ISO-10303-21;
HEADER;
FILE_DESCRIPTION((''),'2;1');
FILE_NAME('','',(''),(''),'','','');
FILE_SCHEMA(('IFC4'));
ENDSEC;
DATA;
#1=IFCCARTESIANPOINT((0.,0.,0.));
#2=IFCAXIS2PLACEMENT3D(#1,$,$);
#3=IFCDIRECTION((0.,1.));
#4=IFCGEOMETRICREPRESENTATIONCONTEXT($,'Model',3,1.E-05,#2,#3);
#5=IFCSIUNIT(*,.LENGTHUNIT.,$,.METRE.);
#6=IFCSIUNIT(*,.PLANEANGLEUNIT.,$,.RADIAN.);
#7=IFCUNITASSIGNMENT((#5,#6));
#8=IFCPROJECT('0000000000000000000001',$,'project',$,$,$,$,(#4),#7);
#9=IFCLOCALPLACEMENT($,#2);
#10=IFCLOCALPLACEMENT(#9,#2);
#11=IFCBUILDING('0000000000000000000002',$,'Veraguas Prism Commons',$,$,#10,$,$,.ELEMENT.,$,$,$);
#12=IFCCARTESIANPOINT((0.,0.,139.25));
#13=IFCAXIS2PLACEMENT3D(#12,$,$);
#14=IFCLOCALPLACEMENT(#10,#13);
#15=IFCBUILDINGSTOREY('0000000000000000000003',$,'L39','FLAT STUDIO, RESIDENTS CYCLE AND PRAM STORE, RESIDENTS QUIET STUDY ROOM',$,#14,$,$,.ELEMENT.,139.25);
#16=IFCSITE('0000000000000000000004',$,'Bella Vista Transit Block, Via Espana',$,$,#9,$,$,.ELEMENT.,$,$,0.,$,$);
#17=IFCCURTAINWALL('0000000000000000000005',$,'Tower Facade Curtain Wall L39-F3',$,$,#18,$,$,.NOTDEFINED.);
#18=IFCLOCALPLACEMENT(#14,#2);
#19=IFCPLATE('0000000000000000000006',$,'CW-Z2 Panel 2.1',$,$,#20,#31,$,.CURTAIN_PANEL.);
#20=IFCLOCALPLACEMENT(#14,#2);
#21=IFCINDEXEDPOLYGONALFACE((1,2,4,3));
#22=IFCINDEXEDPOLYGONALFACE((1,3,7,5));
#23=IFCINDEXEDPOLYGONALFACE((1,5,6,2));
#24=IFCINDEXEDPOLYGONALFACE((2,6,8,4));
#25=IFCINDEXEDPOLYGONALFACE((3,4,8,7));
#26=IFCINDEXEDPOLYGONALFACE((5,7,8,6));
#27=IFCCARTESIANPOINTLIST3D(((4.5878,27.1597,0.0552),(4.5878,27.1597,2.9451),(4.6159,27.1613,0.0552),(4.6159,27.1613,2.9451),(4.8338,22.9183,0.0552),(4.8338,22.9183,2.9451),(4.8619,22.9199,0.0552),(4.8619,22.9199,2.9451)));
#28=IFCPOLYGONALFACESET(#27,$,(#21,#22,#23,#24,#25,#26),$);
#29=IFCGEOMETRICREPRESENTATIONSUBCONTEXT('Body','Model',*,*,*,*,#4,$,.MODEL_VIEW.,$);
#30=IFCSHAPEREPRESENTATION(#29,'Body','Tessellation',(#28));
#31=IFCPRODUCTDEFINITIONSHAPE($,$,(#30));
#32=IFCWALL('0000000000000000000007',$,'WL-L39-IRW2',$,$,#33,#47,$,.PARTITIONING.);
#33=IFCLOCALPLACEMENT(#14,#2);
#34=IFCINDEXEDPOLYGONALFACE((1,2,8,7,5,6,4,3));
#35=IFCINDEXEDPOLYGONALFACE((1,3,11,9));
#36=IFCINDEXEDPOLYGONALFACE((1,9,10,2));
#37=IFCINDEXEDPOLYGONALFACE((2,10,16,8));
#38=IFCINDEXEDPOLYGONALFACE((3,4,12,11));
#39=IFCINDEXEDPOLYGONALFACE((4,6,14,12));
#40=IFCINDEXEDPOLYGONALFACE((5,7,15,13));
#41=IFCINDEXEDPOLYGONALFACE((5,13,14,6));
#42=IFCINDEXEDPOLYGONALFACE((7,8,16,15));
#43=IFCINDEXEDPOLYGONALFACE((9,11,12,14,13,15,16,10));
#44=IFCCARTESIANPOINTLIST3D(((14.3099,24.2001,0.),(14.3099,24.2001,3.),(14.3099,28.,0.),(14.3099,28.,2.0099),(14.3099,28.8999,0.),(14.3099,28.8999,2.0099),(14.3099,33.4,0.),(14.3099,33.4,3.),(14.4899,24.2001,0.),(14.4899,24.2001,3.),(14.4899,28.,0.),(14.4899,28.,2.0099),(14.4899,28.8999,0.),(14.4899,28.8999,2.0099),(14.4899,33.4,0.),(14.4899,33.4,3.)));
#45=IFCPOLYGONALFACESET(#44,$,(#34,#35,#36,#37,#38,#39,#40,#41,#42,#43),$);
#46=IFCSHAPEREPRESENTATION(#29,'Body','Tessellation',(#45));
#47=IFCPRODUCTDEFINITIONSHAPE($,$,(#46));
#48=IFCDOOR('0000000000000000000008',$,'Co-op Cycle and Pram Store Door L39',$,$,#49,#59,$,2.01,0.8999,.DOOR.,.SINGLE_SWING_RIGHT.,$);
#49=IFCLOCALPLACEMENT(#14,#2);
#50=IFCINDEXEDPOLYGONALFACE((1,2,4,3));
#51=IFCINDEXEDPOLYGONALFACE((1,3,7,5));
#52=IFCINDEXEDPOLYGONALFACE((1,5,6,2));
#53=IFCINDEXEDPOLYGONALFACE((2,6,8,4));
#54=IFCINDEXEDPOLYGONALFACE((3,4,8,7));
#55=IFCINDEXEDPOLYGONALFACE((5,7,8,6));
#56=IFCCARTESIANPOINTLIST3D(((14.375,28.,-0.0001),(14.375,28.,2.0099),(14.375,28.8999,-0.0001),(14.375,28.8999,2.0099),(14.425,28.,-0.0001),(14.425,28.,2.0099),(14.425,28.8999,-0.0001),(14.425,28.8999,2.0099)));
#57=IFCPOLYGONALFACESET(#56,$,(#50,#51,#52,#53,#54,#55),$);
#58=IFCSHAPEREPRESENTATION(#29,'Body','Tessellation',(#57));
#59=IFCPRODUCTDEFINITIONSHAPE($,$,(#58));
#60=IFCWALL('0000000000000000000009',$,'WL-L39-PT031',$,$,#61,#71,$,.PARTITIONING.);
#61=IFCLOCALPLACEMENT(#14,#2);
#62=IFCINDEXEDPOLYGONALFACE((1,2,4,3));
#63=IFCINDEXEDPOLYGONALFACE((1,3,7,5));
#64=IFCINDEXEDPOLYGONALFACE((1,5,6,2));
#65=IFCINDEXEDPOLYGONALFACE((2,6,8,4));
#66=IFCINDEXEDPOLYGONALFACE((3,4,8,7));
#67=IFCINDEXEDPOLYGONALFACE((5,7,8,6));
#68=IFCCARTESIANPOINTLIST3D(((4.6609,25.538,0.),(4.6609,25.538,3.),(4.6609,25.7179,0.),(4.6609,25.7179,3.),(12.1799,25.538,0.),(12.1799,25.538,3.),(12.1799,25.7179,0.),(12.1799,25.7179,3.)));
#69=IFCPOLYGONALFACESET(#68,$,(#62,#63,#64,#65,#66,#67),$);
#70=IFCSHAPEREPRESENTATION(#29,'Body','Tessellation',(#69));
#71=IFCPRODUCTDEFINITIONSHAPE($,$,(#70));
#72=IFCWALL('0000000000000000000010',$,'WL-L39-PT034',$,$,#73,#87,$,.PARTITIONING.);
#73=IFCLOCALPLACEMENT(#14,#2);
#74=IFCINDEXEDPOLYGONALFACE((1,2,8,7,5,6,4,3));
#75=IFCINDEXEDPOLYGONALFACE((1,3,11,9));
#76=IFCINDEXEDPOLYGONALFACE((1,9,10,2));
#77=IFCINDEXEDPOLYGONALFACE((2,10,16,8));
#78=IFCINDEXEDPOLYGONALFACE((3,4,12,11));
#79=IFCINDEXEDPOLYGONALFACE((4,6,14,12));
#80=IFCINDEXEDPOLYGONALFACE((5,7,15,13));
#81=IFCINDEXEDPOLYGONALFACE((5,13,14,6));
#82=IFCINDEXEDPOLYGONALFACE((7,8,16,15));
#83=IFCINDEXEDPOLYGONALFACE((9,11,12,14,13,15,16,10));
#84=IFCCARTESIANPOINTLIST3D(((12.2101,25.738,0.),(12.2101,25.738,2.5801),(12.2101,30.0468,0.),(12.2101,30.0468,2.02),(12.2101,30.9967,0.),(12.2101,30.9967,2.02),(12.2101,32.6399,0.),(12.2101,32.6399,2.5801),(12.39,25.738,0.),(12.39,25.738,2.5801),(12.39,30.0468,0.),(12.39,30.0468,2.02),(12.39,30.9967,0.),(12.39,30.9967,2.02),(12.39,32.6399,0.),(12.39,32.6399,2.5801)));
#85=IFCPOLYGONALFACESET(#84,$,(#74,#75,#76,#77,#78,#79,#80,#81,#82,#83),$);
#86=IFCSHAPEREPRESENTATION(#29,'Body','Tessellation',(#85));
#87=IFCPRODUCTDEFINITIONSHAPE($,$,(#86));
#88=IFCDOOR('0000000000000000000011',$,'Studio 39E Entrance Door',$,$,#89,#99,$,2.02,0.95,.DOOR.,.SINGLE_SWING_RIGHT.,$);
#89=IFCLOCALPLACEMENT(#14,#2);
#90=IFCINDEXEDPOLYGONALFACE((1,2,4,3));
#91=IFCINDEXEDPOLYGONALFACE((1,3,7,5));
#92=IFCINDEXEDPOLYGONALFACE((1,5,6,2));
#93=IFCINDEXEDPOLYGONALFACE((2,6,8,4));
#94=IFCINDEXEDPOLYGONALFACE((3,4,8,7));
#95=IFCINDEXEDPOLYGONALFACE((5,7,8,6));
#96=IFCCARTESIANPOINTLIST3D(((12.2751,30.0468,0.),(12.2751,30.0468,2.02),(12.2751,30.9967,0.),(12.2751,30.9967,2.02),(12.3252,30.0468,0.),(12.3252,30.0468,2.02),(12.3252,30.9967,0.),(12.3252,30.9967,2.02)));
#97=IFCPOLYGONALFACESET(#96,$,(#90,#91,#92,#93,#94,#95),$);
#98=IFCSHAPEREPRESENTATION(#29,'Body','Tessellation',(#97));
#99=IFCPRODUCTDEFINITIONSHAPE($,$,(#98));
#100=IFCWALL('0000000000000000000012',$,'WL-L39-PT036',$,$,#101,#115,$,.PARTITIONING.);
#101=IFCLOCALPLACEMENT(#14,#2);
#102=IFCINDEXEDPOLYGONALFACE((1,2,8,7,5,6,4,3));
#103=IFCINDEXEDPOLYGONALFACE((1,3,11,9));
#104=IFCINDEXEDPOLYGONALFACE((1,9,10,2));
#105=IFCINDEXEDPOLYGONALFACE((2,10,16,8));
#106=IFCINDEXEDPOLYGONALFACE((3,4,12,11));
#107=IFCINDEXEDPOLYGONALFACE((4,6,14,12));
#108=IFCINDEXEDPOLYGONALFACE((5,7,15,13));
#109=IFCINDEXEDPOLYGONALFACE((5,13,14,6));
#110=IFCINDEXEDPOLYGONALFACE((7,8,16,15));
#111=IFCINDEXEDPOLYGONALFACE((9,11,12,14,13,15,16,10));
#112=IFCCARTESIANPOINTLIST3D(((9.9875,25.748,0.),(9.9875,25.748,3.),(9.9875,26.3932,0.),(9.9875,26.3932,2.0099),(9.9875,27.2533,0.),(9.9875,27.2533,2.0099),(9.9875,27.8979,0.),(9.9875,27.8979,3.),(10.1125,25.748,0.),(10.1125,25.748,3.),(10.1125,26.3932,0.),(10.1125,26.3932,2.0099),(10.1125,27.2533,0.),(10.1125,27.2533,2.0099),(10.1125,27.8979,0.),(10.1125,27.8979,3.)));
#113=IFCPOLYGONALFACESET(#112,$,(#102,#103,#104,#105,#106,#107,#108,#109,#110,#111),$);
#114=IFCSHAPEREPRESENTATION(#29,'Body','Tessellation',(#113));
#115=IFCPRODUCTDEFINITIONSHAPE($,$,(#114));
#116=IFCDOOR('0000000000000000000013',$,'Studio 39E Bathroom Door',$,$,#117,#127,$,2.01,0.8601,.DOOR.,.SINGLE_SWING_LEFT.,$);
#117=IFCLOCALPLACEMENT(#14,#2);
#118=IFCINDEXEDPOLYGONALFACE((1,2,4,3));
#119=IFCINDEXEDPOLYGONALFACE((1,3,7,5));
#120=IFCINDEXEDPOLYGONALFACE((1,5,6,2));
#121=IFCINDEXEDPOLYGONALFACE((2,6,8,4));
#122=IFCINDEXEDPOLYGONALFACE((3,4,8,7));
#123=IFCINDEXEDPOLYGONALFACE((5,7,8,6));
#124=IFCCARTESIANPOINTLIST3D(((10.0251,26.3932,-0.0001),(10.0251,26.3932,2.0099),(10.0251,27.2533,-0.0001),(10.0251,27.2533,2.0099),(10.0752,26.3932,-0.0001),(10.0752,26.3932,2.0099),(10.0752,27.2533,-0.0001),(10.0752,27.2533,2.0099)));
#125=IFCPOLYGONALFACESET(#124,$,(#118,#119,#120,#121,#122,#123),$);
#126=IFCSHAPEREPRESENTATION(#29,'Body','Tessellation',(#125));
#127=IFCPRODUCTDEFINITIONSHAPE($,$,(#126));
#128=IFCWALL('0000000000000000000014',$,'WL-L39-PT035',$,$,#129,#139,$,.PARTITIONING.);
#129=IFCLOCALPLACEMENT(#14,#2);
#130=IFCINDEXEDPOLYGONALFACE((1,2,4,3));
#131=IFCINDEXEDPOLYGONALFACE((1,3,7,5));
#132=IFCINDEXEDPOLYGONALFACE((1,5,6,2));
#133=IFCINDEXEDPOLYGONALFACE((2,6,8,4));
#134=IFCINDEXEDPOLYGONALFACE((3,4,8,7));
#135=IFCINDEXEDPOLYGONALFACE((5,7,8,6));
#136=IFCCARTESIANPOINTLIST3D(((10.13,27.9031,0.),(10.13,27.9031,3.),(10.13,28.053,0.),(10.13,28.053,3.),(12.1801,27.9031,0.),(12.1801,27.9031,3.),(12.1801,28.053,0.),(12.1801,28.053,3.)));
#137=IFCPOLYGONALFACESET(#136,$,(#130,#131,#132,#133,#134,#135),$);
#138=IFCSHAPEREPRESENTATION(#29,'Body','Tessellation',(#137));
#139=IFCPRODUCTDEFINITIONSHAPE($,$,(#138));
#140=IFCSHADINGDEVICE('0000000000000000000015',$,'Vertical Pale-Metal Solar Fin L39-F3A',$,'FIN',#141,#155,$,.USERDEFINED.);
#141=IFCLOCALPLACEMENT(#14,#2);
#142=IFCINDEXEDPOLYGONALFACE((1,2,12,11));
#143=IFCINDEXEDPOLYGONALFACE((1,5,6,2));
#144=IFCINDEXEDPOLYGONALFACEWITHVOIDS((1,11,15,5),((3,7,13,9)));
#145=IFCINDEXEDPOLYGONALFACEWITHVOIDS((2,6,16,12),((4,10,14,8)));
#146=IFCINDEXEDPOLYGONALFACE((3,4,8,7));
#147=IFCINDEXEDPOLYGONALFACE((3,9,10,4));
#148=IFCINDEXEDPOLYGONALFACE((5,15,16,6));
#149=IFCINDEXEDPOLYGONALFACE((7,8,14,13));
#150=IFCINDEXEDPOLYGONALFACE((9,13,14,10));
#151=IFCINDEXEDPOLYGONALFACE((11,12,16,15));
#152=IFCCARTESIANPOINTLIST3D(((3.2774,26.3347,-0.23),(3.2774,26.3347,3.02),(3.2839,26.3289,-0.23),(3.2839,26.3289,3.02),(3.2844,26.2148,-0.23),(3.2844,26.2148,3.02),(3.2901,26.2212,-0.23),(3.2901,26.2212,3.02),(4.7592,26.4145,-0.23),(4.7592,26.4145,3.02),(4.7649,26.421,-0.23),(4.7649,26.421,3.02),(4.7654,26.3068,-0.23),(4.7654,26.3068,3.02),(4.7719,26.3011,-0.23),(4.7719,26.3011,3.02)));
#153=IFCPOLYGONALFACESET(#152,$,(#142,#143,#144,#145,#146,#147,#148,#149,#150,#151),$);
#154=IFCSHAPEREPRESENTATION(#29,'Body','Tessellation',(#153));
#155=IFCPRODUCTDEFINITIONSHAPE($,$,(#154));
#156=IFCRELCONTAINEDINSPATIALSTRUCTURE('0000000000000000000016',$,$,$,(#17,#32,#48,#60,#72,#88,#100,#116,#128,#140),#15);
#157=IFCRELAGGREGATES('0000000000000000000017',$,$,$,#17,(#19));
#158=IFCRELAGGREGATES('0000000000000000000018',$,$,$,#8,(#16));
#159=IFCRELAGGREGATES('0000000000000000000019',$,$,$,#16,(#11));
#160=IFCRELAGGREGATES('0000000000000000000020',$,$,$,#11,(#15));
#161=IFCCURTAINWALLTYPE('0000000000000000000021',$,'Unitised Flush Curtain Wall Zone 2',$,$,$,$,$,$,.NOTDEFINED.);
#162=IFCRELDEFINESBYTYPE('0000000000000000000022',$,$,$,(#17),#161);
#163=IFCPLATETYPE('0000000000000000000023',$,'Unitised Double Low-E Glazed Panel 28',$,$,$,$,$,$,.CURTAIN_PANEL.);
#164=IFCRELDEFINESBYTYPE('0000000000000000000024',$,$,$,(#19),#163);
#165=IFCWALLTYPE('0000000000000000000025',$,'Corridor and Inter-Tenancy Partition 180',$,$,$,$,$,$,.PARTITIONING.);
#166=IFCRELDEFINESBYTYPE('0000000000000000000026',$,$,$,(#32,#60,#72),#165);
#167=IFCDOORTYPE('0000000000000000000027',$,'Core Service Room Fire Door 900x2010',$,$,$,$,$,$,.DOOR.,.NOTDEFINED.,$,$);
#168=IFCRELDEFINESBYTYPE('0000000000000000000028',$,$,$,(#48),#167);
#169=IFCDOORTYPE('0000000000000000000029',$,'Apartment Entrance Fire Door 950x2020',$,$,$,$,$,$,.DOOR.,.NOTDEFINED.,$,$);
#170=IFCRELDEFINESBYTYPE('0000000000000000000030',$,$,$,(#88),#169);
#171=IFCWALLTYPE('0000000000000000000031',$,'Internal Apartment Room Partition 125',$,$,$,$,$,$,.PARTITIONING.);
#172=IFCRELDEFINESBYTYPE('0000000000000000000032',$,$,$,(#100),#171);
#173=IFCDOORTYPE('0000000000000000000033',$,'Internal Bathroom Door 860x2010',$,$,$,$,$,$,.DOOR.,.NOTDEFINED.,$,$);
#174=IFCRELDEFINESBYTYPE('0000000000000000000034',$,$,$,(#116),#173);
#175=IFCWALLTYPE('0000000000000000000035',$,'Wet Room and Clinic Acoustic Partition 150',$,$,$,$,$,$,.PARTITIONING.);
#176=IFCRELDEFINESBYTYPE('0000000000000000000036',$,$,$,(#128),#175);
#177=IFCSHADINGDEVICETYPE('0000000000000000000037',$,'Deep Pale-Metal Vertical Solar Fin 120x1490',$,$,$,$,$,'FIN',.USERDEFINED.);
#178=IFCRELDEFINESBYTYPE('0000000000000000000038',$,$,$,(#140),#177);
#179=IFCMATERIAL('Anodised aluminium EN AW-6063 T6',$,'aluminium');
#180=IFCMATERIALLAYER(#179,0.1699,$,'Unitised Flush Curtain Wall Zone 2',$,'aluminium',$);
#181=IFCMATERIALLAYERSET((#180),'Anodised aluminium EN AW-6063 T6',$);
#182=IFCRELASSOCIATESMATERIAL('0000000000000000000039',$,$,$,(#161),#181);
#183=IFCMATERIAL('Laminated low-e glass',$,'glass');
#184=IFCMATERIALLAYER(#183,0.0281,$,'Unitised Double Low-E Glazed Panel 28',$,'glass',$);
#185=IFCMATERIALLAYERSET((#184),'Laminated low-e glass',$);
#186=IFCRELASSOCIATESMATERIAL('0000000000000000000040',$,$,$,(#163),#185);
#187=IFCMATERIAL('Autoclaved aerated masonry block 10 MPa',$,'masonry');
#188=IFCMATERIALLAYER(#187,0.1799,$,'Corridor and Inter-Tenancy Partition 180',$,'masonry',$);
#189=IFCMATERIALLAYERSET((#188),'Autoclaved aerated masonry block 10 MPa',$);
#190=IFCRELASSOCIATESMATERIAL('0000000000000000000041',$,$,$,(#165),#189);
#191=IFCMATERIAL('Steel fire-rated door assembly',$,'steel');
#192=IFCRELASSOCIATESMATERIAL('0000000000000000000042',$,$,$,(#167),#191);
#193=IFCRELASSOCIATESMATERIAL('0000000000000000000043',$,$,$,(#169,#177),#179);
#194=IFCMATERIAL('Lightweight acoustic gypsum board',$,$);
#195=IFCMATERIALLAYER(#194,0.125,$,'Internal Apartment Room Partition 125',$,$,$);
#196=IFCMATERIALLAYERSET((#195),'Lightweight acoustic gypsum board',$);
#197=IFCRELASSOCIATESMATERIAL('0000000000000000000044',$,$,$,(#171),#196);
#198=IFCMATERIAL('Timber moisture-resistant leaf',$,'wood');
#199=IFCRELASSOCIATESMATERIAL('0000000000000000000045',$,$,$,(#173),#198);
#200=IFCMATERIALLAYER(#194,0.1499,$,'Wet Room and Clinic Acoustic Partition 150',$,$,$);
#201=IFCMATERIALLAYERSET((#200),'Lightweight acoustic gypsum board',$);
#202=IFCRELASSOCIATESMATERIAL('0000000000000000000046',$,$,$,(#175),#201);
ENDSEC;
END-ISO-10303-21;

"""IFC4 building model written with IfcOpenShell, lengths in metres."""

from ifc_helpers import new_model, si_unit, direction, frame, frame_2d, origin, origin_2d, place, context, subcontext, project, spatial, rectangle, hollow_rectangle, extrude, source, transform, mapped, material, layer, layer_set, material_profile, profile_set, type_object, element, fill, aggregate, save


model = new_model("IFC4")

# Units and contexts
model_context = context("Model", 3, precision=1e-05, world=origin(), true_north=direction((0.0, 1.0)))
body_context = subcontext(model_context, "Body", "Model", "MODEL_VIEW")
ifc_project = project(units=[si_unit("LENGTHUNIT", "METRE"), si_unit("PLANEANGLEUNIT", "RADIAN")], contexts=[model_context])

# Site, building, storey
site_placement = place(None, origin())
site = spatial("IfcSite", under=ifc_project, at=site_placement, Name="Bella Vista Transit Block, Via Espana", CompositionType="ELEMENT", RefElevation=0.0)
building_placement = place(site_placement, origin())
building = spatial("IfcBuilding", under=site, at=building_placement, Name="Veraguas Prism Commons", CompositionType="ELEMENT")
storey_placement = place(building_placement, frame((0.0, 0.0, 139.25)))
storey = spatial("IfcBuildingStorey", under=building, at=storey_placement, Name="L39", Description="FLAT STUDIO, RESIDENTS CYCLE AND PRAM STORE, RESIDENTS QUIET STUDY ROOM", CompositionType="ELEMENT", Elevation=139.25)

# Curtain wall, plate
ifc_material_1 = material(Name="Anodised aluminium EN AW-6063 T6", Category="aluminium")
ifc_layer_1 = layer(ifc_material_1, 0.1699, Name="Unitised Flush Curtain Wall Zone 2", Category="aluminium")
ifc_layer_set_1 = layer_set([ifc_layer_1], Name="Anodised aluminium EN AW-6063 T6")
curtain_wall_type = type_object("IfcCurtainWallType", Name="Unitised Flush Curtain Wall Zone 2", PredefinedType="NOTDEFINED", material=ifc_layer_set_1)
curtain_wall_placement = place(storey_placement, origin())
curtain_wall = element("IfcCurtainWall", 1, at=curtain_wall_placement, inside=storey, type_object=curtain_wall_type, Name="Tower Facade Curtain Wall L39-F3", PredefinedType="NOTDEFINED")
ifc_material_2 = material(Name="Laminated low-e glass", Category="glass")
ifc_layer_2 = layer(ifc_material_2, 0.0281, Name="Unitised Double Low-E Glazed Panel 28", Category="glass")
ifc_layer_set_2 = layer_set([ifc_layer_2], Name="Laminated low-e glass")
plate_type = type_object("IfcPlateType", Name="Unitised Double Low-E Glazed Panel 28", PredefinedType="CURTAIN_PANEL", material=ifc_layer_set_2)
shared_shape_1 = source(origin(), body_context, "Body", "SweptSolid", [
    extrude(rectangle(XDim=4.2485, YDim=0.0281, at=origin_2d()), origin(), (0.0, 0.0, 1.0), 2.8899),
])
plate_1_placement = place(storey_placement, frame((4.7249, 25.0398, 0.0552), z_axis=(0.0, 0.0, 1.0), x_axis=(0.057907, -0.998322, 0.0)))
plate_1 = element("IfcPlate", 2, at=plate_1_placement, type_object=plate_type, Name="CW-Z2 Panel 2.1", PredefinedType="CURTAIN_PANEL", context=body_context, shape_type="MappedRepresentation", body=[
    mapped(shared_shape_1, transform((0.0, 0.0, 0.0), scale=1.0)),
])
aggregate(curtain_wall, [plate_1])

# Wall, opening, door
ifc_material_3 = material(Name="Autoclaved aerated masonry block 10 MPa", Category="masonry")
ifc_layer_3 = layer(ifc_material_3, 0.1799, Name="Corridor and Inter-Tenancy Partition 180", Category="masonry")
ifc_layer_set_3 = layer_set([ifc_layer_3], Name="Autoclaved aerated masonry block 10 MPa")
wall_type_1 = type_object("IfcWallType", Name="Corridor and Inter-Tenancy Partition 180", PredefinedType="PARTITIONING", material=ifc_layer_set_3)
wall_1_placement = place(storey_placement, frame((14.3999, 24.2, 0.0), z_axis=(0.0, 0.0, 1.0), x_axis=(0.0, 1.0, 0.0)))
wall_1 = element("IfcWall", 3, at=wall_1_placement, inside=storey, type_object=wall_type_1, Name="WL-L39-IRW2", PredefinedType="PARTITIONING", context=body_context, shape_type="SweptSolid", body=[
    extrude(rectangle(XDim=9.2, YDim=0.1799, at=frame_2d((4.6001, 0.0))), origin(), (0.0, 0.0, 1.0), 3.0),
])
opening_1_placement = place(wall_1_placement, frame((3.8, 0.0, 0.0)))
opening_1 = element("IfcOpeningElement", 4, at=opening_1_placement, cuts=wall_1, PredefinedType="OPENING", context=body_context, shape_type="SweptSolid", body=[
    extrude(rectangle(XDim=0.8999, YDim=2.01, at=frame_2d((0.45, 1.0049))), frame((0.0, 0.0999, 0.0), z_axis=(0.0, -1.0, 0.0), x_axis=(1.0, 0.0, 0.0)), (0.0, 0.0, 1.0), 0.2),
])
ifc_material_4 = material(Name="Steel fire-rated door assembly", Category="steel")
door_type_1 = type_object("IfcDoorType", Name="Core Service Room Fire Door 900x2010", OperationType="NOTDEFINED", PredefinedType="DOOR", material=ifc_material_4)
shared_shape_2 = source(origin(), body_context, "Body", "SweptSolid", [
    extrude(rectangle(XDim=0.8999, YDim=2.01, at=frame_2d((0.45, 1.0049))), frame((0.0, 0.0249, 0.0), z_axis=(0.0, -1.0, 0.0), x_axis=(1.0, 0.0, 0.0)), (0.0, 0.0, 1.0), 0.05),
])
door_1_placement = place(opening_1_placement, origin())
door_1 = element("IfcDoor", 5, at=door_1_placement, inside=storey, type_object=door_type_1, Name="Co-op Cycle and Pram Store Door L39", OperationType="SINGLE_SWING_RIGHT", OverallHeight=2.01, OverallWidth=0.8999, PredefinedType="DOOR", context=body_context, shape_type="MappedRepresentation", body=[
    mapped(shared_shape_2, transform((0.0, 0.0, 0.0), scale=1.0)),
])
fill(opening_1, door_1)

# Wall
wall_2_placement = place(storey_placement, frame((12.1799, 25.6279, 0.0), z_axis=(0.0, 0.0, 1.0), x_axis=(-1.0, 0.0, 0.0)))
element("IfcWall", 6, at=wall_2_placement, inside=storey, type_object=wall_type_1, Name="WL-L39-PT031", PredefinedType="PARTITIONING", context=body_context, shape_type="SweptSolid", body=[
    extrude(rectangle(XDim=7.519, YDim=0.1799, at=frame_2d((3.7595, 0.0))), origin(), (0.0, 0.0, 1.0), 3.0),
])

# Walls, openings, doors
wall_3_placement = place(storey_placement, frame((12.3, 25.738, 0.0), z_axis=(0.0, 0.0, 1.0), x_axis=(0.0, 1.0, 0.0)))
wall_3 = element("IfcWall", 7, at=wall_3_placement, inside=storey, type_object=wall_type_1, Name="WL-L39-PT034", PredefinedType="PARTITIONING", context=body_context, shape_type="SweptSolid", body=[
    extrude(rectangle(XDim=6.9019, YDim=0.1799, at=frame_2d((3.4509, 0.0))), origin(), (0.0, 0.0, 1.0), 2.5801),
])
opening_2_placement = place(wall_3_placement, frame((4.3086, 0.0, 0.0)))
opening_2 = element("IfcOpeningElement", 8, at=opening_2_placement, cuts=wall_3, PredefinedType="OPENING", context=body_context, shape_type="SweptSolid", body=[
    extrude(rectangle(XDim=0.95, YDim=2.02, at=frame_2d((0.4751, 1.01))), frame((0.0, 0.0999, 0.0), z_axis=(0.0, -1.0, 0.0), x_axis=(1.0, 0.0, 0.0)), (0.0, 0.0, 1.0), 0.2),
])
door_type_2 = type_object("IfcDoorType", Name="Apartment Entrance Fire Door 950x2020", OperationType="NOTDEFINED", PredefinedType="DOOR", material=ifc_material_1)
shared_shape_3 = source(origin(), body_context, "Body", "SweptSolid", [
    extrude(rectangle(XDim=0.95, YDim=2.02, at=frame_2d((0.4751, 1.01))), frame((0.0, 0.0249, 0.0), z_axis=(0.0, -1.0, 0.0), x_axis=(1.0, 0.0, 0.0)), (0.0, 0.0, 1.0), 0.05),
])
door_2_placement = place(opening_2_placement, origin())
door_2 = element("IfcDoor", 9, at=door_2_placement, inside=storey, type_object=door_type_2, Name="Studio 39E Entrance Door", OperationType="SINGLE_SWING_RIGHT", OverallHeight=2.02, OverallWidth=0.95, PredefinedType="DOOR", context=body_context, shape_type="MappedRepresentation", body=[
    mapped(shared_shape_3, transform((0.0, 0.0, 0.0), scale=1.0)),
])
fill(opening_2, door_2)
ifc_material_5 = material(Name="Lightweight acoustic gypsum board")
ifc_layer_4 = layer(ifc_material_5, 0.125, Name="Internal Apartment Room Partition 125")
ifc_layer_set_4 = layer_set([ifc_layer_4], Name="Lightweight acoustic gypsum board")
wall_type_2 = type_object("IfcWallType", Name="Internal Apartment Room Partition 125", PredefinedType="PARTITIONING", material=ifc_layer_set_4)
wall_4_placement = place(storey_placement, frame((10.05, 25.748, 0.0), z_axis=(0.0, 0.0, 1.0), x_axis=(0.0, 1.0, 0.0)))
wall_4 = element("IfcWall", 10, at=wall_4_placement, inside=storey, type_object=wall_type_2, Name="WL-L39-PT036", PredefinedType="PARTITIONING", context=body_context, shape_type="SweptSolid", body=[
    extrude(rectangle(XDim=2.1499, YDim=0.125, at=frame_2d((1.075, 0.0))), origin(), (0.0, 0.0, 1.0), 3.0),
])
opening_3_placement = place(wall_4_placement, frame((0.645, 0.0, 0.0)))
opening_3 = element("IfcOpeningElement", 11, at=opening_3_placement, cuts=wall_4, PredefinedType="OPENING", context=body_context, shape_type="SweptSolid", body=[
    extrude(rectangle(XDim=0.8601, YDim=2.01, at=frame_2d((0.4302, 1.0049))), frame((0.0, 0.0725, 0.0), z_axis=(0.0, -1.0, 0.0), x_axis=(1.0, 0.0, 0.0)), (0.0, 0.0, 1.0), 0.145),
])
ifc_material_6 = material(Name="Timber moisture-resistant leaf", Category="wood")
door_type_3 = type_object("IfcDoorType", Name="Internal Bathroom Door 860x2010", OperationType="NOTDEFINED", PredefinedType="DOOR", material=ifc_material_6)
shared_shape_4 = source(origin(), body_context, "Body", "SweptSolid", [
    extrude(rectangle(XDim=0.8601, YDim=2.01, at=frame_2d((0.4302, 1.0049))), frame((0.0, 0.0249, 0.0), z_axis=(0.0, -1.0, 0.0), x_axis=(1.0, 0.0, 0.0)), (0.0, 0.0, 1.0), 0.05),
])
door_3_placement = place(opening_3_placement, origin())
door_3 = element("IfcDoor", 12, at=door_3_placement, inside=storey, type_object=door_type_3, Name="Studio 39E Bathroom Door", OperationType="SINGLE_SWING_LEFT", OverallHeight=2.01, OverallWidth=0.8601, PredefinedType="DOOR", context=body_context, shape_type="MappedRepresentation", body=[
    mapped(shared_shape_4, transform((0.0, 0.0, 0.0), scale=1.0)),
])
fill(opening_3, door_3)

# Wall
ifc_layer_5 = layer(ifc_material_5, 0.1499, Name="Wet Room and Clinic Acoustic Partition 150")
ifc_layer_set_5 = layer_set([ifc_layer_5], Name="Lightweight acoustic gypsum board")
wall_type_3 = type_object("IfcWallType", Name="Wet Room and Clinic Acoustic Partition 150", PredefinedType="PARTITIONING", material=ifc_layer_set_5)
wall_5_placement = place(storey_placement, frame((12.1799, 27.978, 0.0), z_axis=(0.0, 0.0, 1.0), x_axis=(-1.0, 0.0, 0.0)))
element("IfcWall", 13, at=wall_5_placement, inside=storey, type_object=wall_type_3, Name="WL-L39-PT035", PredefinedType="PARTITIONING", context=body_context, shape_type="SweptSolid", body=[
    extrude(rectangle(XDim=2.05, YDim=0.1499, at=frame_2d((1.0249, 0.0))), origin(), (0.0, 0.0, 1.0), 3.0),
])

# Shading device
ifc_material_profile_1 = material_profile(ifc_material_1, hollow_rectangle(XDim=0.1201, YDim=1.49, WallThickness=0.0061, at=origin_2d()), Name="FIN120X1490X6")
ifc_profile_set_1 = profile_set([ifc_material_profile_1], Name="Anodised aluminium EN AW-6063 T6")
shading_device_type = type_object("IfcShadingDeviceType", Name="Deep Pale-Metal Vertical Solar Fin 120x1490", ElementType="FIN", PredefinedType="USERDEFINED", material=ifc_profile_set_1)
shading_device_placement = place(storey_placement, frame((4.0247, 26.3179, -0.23), z_axis=(0.0, 0.0, 1.0), x_axis=(0.057911, -0.998322, 0.0)))
element("IfcShadingDevice", 14, at=shading_device_placement, inside=storey, type_object=shading_device_type, Name="Vertical Pale-Metal Solar Fin L39-F3A", ObjectType="FIN", PredefinedType="USERDEFINED", context=body_context, shape_type="SweptSolid", body=[
    extrude(hollow_rectangle(XDim=0.1201, YDim=1.49, WallThickness=0.0061, at=origin_2d()), origin(), (0.0, 0.0, 1.0), 3.25),
])

save(model, "model.ifc")
